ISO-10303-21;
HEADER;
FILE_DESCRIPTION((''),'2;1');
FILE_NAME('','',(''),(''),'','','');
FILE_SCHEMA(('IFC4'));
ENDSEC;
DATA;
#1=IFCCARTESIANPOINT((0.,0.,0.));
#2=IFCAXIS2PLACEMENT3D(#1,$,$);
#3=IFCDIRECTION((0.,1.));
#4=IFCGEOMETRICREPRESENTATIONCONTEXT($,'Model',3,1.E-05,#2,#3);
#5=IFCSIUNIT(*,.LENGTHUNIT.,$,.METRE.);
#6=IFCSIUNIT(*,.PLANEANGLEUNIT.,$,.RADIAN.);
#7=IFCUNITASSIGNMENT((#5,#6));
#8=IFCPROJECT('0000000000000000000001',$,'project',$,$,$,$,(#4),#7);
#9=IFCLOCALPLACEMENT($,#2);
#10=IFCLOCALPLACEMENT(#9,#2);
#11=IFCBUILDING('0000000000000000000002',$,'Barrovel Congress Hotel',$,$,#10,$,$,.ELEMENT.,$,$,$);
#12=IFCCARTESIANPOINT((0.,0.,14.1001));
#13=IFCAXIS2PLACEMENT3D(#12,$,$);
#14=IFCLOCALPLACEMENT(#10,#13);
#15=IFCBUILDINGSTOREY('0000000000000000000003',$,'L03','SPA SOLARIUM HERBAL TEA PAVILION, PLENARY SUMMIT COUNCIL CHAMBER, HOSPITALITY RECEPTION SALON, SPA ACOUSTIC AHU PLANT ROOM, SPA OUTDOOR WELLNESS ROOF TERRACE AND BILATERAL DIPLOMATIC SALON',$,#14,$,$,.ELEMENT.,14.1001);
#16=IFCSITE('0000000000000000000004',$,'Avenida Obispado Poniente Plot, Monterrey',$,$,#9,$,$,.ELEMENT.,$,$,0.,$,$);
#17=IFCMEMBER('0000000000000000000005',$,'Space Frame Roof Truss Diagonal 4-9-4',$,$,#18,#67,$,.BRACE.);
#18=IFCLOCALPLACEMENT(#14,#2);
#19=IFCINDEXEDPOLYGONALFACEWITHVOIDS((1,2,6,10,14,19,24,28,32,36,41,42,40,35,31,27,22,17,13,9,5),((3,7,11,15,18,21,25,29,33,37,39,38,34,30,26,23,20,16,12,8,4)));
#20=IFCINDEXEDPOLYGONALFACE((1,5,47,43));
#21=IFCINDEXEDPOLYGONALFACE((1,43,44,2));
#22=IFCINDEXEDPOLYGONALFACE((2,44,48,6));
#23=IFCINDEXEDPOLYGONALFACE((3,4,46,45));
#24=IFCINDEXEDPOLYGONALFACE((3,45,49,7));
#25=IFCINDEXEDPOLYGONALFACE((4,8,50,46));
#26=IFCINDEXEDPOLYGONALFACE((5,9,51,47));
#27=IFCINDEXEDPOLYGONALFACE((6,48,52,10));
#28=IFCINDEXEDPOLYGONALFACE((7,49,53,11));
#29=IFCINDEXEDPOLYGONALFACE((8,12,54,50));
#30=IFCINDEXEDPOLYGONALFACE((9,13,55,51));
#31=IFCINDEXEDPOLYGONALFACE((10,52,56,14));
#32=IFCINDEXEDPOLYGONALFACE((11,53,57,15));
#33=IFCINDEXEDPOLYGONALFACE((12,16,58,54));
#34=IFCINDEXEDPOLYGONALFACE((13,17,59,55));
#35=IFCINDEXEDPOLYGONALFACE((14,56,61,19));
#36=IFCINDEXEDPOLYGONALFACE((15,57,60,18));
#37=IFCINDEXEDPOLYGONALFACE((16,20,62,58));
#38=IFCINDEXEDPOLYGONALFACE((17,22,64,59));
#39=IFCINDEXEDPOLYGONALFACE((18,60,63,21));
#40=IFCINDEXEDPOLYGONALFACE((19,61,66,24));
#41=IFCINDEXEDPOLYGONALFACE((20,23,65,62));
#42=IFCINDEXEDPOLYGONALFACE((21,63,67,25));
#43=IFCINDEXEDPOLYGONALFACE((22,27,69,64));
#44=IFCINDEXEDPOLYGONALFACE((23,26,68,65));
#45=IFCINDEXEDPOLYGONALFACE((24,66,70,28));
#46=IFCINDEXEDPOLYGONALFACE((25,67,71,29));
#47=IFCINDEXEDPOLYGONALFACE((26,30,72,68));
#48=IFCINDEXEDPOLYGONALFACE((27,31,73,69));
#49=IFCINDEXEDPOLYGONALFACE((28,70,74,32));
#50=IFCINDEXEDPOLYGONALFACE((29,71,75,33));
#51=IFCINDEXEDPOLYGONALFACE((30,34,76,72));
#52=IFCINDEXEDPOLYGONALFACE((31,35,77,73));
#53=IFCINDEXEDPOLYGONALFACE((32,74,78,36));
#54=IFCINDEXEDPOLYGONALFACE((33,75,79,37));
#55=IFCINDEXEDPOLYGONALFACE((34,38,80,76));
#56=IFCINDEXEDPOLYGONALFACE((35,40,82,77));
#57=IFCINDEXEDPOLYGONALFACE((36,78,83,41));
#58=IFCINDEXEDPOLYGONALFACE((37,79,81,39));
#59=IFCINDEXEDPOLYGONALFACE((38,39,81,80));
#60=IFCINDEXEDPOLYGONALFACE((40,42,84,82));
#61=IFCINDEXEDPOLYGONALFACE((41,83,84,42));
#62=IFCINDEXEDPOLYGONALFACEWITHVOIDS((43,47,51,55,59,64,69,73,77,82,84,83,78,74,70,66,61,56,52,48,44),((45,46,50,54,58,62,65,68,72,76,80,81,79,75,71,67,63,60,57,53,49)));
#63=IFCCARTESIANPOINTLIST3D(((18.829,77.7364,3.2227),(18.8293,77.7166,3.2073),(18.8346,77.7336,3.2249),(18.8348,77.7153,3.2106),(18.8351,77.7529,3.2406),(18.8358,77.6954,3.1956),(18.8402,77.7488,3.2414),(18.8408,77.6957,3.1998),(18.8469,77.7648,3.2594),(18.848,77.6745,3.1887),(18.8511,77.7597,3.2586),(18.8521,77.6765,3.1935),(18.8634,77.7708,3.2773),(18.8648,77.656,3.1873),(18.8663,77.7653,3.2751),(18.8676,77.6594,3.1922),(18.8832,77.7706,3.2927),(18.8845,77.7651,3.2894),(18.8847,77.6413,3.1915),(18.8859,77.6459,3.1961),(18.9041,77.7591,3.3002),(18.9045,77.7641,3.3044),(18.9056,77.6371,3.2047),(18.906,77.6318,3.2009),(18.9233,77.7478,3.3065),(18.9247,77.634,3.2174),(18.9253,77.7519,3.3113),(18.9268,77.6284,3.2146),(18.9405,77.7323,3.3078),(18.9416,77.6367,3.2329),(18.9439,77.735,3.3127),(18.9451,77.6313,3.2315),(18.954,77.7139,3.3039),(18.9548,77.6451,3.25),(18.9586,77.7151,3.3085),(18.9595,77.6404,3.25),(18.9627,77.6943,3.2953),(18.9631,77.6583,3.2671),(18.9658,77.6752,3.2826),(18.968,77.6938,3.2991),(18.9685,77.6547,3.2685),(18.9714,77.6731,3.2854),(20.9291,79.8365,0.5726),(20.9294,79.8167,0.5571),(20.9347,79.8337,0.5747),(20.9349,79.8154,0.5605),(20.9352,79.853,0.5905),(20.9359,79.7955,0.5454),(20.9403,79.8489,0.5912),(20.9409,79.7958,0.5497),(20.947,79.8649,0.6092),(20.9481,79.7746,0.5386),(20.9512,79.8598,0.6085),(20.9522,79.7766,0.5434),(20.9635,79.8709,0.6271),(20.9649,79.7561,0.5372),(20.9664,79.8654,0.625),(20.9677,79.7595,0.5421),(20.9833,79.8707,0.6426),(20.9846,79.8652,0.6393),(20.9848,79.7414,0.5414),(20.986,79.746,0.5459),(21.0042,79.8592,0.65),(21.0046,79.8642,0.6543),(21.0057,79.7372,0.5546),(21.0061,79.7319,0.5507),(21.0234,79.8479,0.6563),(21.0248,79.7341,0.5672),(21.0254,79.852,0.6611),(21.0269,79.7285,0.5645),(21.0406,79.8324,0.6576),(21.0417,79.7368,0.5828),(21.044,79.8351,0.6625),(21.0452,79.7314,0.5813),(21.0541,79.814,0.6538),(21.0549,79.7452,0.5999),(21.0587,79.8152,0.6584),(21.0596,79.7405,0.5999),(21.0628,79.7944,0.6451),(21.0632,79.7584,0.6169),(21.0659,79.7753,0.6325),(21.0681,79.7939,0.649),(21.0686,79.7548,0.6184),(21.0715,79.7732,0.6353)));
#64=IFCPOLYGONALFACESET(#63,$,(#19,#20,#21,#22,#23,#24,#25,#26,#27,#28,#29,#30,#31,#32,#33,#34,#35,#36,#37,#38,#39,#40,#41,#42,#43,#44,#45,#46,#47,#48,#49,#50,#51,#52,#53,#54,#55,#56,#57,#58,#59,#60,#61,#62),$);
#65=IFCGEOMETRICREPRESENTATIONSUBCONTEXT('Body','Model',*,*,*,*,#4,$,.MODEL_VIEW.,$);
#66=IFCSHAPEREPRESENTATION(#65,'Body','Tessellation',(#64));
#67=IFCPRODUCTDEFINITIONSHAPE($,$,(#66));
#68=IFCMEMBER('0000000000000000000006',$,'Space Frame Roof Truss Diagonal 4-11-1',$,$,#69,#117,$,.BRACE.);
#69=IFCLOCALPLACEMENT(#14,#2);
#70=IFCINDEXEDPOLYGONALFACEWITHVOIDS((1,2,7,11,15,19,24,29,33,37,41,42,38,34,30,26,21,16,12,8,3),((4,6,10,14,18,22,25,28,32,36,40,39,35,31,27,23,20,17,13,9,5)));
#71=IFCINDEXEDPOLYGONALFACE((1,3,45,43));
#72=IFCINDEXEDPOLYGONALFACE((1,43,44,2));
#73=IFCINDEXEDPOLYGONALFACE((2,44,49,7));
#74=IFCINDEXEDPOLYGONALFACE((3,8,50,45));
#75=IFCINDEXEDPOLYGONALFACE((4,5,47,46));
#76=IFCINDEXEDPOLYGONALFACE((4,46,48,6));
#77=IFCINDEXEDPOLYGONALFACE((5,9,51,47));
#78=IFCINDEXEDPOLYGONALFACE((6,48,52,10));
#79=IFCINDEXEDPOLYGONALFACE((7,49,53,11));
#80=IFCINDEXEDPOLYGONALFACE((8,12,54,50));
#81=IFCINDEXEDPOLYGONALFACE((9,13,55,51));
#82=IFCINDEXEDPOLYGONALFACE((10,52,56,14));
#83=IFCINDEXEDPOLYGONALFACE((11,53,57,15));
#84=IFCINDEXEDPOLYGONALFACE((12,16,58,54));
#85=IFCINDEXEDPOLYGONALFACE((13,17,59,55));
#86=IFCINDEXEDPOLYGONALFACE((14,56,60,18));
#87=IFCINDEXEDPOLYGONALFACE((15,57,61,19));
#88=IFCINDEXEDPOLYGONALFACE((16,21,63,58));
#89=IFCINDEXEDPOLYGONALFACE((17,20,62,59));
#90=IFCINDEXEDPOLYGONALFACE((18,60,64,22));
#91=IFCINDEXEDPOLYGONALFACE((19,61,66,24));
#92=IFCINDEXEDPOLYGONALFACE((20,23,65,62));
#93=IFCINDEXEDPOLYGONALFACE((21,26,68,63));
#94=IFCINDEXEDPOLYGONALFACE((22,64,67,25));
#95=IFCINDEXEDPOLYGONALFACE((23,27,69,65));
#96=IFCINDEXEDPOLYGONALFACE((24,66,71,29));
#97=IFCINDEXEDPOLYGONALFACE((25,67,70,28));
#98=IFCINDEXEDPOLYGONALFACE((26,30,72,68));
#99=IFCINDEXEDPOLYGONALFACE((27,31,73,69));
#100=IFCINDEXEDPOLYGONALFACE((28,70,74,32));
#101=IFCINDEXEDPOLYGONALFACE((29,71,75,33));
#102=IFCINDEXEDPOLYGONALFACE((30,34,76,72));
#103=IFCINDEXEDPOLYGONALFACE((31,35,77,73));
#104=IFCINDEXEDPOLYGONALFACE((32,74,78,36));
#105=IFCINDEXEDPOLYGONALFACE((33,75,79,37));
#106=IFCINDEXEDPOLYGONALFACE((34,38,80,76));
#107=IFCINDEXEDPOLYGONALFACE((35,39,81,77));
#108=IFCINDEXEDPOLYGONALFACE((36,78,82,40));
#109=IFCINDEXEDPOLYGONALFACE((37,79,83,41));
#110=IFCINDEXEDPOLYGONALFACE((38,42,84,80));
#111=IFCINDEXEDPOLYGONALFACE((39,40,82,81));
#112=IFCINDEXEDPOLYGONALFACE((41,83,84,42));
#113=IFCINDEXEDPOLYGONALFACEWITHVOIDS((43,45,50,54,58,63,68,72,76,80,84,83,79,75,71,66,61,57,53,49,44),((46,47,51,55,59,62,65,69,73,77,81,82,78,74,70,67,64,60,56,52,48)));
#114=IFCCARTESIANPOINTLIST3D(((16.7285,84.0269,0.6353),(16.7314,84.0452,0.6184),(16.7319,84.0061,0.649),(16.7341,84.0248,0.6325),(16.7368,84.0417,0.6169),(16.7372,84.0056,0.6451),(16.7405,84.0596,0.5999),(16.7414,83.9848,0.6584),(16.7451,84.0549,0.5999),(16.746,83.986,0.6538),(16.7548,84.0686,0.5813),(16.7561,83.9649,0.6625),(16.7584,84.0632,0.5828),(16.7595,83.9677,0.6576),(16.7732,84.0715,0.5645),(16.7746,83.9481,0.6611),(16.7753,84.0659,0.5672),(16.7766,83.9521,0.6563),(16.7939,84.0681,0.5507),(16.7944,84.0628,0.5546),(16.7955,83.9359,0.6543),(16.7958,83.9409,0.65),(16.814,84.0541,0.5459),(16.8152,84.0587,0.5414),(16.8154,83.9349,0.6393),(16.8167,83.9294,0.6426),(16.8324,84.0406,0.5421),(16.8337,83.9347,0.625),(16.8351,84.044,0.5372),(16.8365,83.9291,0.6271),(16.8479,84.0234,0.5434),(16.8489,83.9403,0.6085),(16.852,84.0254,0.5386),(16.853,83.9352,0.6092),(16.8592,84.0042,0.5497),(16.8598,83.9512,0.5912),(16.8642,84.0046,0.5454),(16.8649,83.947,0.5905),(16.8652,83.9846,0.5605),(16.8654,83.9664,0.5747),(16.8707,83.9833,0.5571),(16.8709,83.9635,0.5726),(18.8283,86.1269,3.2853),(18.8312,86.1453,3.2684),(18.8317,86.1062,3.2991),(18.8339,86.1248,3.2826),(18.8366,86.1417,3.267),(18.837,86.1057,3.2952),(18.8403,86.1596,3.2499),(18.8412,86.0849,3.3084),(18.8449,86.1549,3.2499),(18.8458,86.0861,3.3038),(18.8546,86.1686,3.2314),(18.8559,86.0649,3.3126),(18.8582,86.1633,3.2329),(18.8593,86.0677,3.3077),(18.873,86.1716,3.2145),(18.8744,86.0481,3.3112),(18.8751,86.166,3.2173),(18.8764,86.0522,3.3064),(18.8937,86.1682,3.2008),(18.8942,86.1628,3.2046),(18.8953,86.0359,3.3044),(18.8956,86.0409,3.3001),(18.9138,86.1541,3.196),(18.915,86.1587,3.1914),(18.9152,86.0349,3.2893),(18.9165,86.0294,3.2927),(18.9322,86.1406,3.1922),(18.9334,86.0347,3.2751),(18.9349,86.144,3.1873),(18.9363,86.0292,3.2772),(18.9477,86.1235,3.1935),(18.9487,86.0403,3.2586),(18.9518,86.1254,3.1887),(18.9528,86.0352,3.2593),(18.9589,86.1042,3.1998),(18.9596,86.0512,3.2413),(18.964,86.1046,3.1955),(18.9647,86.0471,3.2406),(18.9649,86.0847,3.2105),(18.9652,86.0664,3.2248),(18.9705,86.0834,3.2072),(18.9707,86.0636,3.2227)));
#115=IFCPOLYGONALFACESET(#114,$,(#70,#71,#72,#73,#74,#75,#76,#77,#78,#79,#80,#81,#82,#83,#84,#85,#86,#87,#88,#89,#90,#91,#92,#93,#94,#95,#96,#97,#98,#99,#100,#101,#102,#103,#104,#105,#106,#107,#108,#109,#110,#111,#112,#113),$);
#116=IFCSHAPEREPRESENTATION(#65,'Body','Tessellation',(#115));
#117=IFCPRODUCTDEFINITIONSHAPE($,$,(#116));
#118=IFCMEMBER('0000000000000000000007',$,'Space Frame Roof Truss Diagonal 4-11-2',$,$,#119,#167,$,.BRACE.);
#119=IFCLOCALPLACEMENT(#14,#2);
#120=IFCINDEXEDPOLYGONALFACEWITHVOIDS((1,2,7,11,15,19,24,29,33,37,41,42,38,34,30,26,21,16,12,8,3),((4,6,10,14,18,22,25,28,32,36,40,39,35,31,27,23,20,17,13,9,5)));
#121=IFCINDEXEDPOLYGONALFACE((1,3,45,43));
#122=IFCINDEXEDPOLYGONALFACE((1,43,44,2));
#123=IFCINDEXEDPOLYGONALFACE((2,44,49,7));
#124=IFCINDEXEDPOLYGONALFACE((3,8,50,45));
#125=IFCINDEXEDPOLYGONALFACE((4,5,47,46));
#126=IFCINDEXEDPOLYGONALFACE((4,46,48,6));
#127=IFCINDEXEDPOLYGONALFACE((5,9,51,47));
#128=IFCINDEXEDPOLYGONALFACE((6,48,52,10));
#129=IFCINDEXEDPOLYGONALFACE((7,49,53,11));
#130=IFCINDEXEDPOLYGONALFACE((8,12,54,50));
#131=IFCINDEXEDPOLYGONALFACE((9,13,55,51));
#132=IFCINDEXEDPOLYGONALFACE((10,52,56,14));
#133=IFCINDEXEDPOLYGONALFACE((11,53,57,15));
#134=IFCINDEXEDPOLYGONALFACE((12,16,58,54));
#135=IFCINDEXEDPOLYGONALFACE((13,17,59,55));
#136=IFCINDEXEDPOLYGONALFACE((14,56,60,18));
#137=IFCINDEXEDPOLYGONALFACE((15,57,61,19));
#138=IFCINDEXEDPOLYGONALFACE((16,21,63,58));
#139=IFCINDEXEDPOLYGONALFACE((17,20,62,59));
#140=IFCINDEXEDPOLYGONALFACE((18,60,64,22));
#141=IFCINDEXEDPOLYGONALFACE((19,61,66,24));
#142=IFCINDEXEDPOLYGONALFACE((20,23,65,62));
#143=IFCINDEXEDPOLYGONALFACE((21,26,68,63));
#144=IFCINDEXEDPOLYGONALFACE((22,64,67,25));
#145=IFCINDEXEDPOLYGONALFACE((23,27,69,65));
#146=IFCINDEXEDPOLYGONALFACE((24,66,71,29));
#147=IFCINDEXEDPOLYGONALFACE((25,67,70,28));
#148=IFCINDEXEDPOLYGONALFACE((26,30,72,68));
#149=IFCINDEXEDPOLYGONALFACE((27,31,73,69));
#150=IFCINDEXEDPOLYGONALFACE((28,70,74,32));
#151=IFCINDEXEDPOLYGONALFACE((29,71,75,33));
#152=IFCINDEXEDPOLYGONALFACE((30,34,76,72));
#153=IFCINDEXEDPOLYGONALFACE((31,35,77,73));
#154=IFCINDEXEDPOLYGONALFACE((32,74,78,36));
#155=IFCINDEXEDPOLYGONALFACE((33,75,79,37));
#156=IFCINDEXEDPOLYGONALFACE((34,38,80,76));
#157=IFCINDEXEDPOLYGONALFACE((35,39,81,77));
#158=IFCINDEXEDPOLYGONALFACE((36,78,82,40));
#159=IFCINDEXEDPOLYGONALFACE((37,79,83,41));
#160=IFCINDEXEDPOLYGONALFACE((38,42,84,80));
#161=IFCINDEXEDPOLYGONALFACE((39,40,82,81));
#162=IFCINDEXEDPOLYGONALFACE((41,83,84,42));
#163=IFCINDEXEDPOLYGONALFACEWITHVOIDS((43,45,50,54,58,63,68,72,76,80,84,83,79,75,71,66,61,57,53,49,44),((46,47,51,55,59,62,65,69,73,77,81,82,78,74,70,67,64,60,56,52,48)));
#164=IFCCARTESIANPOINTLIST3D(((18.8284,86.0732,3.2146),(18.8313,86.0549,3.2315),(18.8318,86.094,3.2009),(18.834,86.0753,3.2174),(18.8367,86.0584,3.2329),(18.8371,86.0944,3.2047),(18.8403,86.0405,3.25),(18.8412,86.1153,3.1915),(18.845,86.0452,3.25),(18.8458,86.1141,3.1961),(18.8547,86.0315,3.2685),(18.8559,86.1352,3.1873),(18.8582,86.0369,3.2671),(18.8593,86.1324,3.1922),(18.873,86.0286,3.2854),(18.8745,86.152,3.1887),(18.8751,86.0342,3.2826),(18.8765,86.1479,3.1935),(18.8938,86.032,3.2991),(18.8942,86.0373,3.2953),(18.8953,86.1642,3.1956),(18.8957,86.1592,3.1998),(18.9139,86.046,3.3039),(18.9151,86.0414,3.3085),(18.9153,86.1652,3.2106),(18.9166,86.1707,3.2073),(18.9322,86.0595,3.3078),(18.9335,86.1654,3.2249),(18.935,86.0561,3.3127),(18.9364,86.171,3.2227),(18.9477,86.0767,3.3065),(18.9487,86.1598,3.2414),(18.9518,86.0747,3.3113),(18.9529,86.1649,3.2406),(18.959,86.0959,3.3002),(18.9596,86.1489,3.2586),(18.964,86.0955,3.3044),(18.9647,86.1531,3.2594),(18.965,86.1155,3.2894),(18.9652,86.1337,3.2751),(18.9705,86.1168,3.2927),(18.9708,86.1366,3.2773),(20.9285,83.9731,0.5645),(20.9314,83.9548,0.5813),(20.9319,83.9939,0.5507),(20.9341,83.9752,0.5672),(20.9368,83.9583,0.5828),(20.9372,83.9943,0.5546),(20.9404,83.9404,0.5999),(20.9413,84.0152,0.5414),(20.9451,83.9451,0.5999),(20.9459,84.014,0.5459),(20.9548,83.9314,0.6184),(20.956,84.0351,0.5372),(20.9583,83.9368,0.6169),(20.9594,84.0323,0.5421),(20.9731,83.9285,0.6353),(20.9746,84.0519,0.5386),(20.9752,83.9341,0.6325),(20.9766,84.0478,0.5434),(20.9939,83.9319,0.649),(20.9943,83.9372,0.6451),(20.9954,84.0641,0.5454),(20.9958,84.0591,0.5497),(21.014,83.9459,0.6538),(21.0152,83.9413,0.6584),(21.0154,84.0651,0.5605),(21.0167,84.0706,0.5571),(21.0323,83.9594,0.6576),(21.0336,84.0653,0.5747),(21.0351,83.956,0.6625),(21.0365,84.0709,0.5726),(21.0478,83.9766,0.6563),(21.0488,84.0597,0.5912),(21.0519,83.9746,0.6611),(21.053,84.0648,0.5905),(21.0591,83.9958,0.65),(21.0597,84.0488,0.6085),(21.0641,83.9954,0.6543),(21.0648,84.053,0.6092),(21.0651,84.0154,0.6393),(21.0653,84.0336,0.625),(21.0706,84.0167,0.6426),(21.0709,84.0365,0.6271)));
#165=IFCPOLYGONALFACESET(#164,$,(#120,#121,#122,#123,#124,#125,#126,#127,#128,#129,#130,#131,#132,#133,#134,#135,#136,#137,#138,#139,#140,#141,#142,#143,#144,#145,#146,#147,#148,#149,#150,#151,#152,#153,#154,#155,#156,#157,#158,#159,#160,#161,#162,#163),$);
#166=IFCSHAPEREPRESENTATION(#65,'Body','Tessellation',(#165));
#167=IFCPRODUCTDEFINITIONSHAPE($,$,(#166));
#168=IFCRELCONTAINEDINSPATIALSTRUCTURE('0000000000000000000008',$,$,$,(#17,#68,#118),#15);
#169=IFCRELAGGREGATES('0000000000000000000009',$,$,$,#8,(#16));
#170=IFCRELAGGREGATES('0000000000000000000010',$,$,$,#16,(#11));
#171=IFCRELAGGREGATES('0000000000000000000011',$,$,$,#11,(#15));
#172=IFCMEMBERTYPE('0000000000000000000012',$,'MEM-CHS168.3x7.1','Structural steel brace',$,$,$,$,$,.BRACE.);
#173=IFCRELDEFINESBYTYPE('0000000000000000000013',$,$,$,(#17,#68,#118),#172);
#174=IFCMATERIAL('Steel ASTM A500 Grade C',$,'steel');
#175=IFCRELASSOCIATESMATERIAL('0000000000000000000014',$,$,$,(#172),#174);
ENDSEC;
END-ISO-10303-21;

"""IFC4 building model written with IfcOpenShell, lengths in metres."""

from ifc_helpers import new_model, si_unit, direction, frame, origin, origin_2d, place, context, subcontext, project, spatial, hollow_circle, extrude, material, material_profile, profile_set, type_object, element, save


model = new_model("IFC4")

# Units and contexts
model_context = context("Model", 3, precision=1e-05, world=origin(), true_north=direction((0.0, 1.0)))
body_context = subcontext(model_context, "Body", "Model", "MODEL_VIEW")
ifc_project = project(units=[si_unit("LENGTHUNIT", "METRE"), si_unit("PLANEANGLEUNIT", "RADIAN")], contexts=[model_context])

# Site, building, storey
site_placement = place(None, origin())
site = spatial("IfcSite", under=ifc_project, at=site_placement, Name="Avenida Obispado Poniente Plot, Monterrey", CompositionType="ELEMENT", RefElevation=0.0)
building_placement = place(site_placement, origin())
building = spatial("IfcBuilding", under=site, at=building_placement, Name="Barrovel Congress Hotel", CompositionType="ELEMENT")
storey_placement = place(building_placement, frame((0.0, 0.0, 14.1001)))
storey = spatial("IfcBuildingStorey", under=building, at=storey_placement, Name="L03", Description="SPA SOLARIUM HERBAL TEA PAVILION, PLENARY SUMMIT COUNCIL CHAMBER, HOSPITALITY RECEPTION SALON, SPA ACOUSTIC AHU PLANT ROOM, SPA OUTDOOR WELLNESS ROOF TERRACE AND BILATERAL DIPLOMATIC SALON", CompositionType="ELEMENT", Elevation=14.1001)

# Members
ifc_material_1 = material(Name="Steel ASTM A500 Grade C", Category="steel")
ifc_material_profile_1 = material_profile(ifc_material_1, hollow_circle(Radius=0.0842, WallThickness=0.0066, at=origin_2d()), Name="CHS168.3x7.1")
ifc_profile_set_1 = profile_set([ifc_material_profile_1], Name="Steel ASTM A500 Grade C")
member_type_1 = type_object("IfcMemberType", Name="MEM-CHS168.3x7.1", Description="Structural steel brace", PredefinedType="BRACE", material=ifc_profile_set_1)
member_1_placement = place(storey_placement, frame((21.0, 79.8, 0.5999), z_axis=(-0.527601, -0.527601, 0.665788), x_axis=(0.707107, -0.707107, 0.0)))
element("IfcMember", 1, at=member_1_placement, inside=storey, type_object=member_type_1, Name="Space Frame Roof Truss Diagonal 4-9-4", PredefinedType="BRACE", context=body_context, shape_type="SweptSolid", body=[
    extrude(hollow_circle(Radius=0.0842, WallThickness=0.0066, at=origin_2d()), origin(), (0.0, 0.0, 1.0), 3.9805),
])
member_2_placement = place(storey_placement, frame((16.8, 84.0, 0.5999), z_axis=(0.527557, 0.527618, 0.66581), x_axis=(-0.707148, 0.707066, 0.0)))
element("IfcMember", 2, at=member_2_placement, inside=storey, type_object=member_type_1, Name="Space Frame Roof Truss Diagonal 4-11-1", PredefinedType="BRACE", context=body_context, shape_type="SweptSolid", body=[
    extrude(hollow_circle(Radius=0.0842, WallThickness=0.0066, at=origin_2d()), origin(), (0.0, 0.0, 1.0), 3.9802),
])
member_3_placement = place(storey_placement, frame((21.0, 84.0, 0.5999), z_axis=(-0.527601, 0.527601, 0.665788), x_axis=(-0.707107, -0.707107, 0.0)))
element("IfcMember", 3, at=member_3_placement, inside=storey, type_object=member_type_1, Name="Space Frame Roof Truss Diagonal 4-11-2", PredefinedType="BRACE", context=body_context, shape_type="SweptSolid", body=[
    extrude(hollow_circle(Radius=0.0842, WallThickness=0.0066, at=origin_2d()), origin(), (0.0, 0.0, 1.0), 3.9805),
])

save(model, "model.ifc")
